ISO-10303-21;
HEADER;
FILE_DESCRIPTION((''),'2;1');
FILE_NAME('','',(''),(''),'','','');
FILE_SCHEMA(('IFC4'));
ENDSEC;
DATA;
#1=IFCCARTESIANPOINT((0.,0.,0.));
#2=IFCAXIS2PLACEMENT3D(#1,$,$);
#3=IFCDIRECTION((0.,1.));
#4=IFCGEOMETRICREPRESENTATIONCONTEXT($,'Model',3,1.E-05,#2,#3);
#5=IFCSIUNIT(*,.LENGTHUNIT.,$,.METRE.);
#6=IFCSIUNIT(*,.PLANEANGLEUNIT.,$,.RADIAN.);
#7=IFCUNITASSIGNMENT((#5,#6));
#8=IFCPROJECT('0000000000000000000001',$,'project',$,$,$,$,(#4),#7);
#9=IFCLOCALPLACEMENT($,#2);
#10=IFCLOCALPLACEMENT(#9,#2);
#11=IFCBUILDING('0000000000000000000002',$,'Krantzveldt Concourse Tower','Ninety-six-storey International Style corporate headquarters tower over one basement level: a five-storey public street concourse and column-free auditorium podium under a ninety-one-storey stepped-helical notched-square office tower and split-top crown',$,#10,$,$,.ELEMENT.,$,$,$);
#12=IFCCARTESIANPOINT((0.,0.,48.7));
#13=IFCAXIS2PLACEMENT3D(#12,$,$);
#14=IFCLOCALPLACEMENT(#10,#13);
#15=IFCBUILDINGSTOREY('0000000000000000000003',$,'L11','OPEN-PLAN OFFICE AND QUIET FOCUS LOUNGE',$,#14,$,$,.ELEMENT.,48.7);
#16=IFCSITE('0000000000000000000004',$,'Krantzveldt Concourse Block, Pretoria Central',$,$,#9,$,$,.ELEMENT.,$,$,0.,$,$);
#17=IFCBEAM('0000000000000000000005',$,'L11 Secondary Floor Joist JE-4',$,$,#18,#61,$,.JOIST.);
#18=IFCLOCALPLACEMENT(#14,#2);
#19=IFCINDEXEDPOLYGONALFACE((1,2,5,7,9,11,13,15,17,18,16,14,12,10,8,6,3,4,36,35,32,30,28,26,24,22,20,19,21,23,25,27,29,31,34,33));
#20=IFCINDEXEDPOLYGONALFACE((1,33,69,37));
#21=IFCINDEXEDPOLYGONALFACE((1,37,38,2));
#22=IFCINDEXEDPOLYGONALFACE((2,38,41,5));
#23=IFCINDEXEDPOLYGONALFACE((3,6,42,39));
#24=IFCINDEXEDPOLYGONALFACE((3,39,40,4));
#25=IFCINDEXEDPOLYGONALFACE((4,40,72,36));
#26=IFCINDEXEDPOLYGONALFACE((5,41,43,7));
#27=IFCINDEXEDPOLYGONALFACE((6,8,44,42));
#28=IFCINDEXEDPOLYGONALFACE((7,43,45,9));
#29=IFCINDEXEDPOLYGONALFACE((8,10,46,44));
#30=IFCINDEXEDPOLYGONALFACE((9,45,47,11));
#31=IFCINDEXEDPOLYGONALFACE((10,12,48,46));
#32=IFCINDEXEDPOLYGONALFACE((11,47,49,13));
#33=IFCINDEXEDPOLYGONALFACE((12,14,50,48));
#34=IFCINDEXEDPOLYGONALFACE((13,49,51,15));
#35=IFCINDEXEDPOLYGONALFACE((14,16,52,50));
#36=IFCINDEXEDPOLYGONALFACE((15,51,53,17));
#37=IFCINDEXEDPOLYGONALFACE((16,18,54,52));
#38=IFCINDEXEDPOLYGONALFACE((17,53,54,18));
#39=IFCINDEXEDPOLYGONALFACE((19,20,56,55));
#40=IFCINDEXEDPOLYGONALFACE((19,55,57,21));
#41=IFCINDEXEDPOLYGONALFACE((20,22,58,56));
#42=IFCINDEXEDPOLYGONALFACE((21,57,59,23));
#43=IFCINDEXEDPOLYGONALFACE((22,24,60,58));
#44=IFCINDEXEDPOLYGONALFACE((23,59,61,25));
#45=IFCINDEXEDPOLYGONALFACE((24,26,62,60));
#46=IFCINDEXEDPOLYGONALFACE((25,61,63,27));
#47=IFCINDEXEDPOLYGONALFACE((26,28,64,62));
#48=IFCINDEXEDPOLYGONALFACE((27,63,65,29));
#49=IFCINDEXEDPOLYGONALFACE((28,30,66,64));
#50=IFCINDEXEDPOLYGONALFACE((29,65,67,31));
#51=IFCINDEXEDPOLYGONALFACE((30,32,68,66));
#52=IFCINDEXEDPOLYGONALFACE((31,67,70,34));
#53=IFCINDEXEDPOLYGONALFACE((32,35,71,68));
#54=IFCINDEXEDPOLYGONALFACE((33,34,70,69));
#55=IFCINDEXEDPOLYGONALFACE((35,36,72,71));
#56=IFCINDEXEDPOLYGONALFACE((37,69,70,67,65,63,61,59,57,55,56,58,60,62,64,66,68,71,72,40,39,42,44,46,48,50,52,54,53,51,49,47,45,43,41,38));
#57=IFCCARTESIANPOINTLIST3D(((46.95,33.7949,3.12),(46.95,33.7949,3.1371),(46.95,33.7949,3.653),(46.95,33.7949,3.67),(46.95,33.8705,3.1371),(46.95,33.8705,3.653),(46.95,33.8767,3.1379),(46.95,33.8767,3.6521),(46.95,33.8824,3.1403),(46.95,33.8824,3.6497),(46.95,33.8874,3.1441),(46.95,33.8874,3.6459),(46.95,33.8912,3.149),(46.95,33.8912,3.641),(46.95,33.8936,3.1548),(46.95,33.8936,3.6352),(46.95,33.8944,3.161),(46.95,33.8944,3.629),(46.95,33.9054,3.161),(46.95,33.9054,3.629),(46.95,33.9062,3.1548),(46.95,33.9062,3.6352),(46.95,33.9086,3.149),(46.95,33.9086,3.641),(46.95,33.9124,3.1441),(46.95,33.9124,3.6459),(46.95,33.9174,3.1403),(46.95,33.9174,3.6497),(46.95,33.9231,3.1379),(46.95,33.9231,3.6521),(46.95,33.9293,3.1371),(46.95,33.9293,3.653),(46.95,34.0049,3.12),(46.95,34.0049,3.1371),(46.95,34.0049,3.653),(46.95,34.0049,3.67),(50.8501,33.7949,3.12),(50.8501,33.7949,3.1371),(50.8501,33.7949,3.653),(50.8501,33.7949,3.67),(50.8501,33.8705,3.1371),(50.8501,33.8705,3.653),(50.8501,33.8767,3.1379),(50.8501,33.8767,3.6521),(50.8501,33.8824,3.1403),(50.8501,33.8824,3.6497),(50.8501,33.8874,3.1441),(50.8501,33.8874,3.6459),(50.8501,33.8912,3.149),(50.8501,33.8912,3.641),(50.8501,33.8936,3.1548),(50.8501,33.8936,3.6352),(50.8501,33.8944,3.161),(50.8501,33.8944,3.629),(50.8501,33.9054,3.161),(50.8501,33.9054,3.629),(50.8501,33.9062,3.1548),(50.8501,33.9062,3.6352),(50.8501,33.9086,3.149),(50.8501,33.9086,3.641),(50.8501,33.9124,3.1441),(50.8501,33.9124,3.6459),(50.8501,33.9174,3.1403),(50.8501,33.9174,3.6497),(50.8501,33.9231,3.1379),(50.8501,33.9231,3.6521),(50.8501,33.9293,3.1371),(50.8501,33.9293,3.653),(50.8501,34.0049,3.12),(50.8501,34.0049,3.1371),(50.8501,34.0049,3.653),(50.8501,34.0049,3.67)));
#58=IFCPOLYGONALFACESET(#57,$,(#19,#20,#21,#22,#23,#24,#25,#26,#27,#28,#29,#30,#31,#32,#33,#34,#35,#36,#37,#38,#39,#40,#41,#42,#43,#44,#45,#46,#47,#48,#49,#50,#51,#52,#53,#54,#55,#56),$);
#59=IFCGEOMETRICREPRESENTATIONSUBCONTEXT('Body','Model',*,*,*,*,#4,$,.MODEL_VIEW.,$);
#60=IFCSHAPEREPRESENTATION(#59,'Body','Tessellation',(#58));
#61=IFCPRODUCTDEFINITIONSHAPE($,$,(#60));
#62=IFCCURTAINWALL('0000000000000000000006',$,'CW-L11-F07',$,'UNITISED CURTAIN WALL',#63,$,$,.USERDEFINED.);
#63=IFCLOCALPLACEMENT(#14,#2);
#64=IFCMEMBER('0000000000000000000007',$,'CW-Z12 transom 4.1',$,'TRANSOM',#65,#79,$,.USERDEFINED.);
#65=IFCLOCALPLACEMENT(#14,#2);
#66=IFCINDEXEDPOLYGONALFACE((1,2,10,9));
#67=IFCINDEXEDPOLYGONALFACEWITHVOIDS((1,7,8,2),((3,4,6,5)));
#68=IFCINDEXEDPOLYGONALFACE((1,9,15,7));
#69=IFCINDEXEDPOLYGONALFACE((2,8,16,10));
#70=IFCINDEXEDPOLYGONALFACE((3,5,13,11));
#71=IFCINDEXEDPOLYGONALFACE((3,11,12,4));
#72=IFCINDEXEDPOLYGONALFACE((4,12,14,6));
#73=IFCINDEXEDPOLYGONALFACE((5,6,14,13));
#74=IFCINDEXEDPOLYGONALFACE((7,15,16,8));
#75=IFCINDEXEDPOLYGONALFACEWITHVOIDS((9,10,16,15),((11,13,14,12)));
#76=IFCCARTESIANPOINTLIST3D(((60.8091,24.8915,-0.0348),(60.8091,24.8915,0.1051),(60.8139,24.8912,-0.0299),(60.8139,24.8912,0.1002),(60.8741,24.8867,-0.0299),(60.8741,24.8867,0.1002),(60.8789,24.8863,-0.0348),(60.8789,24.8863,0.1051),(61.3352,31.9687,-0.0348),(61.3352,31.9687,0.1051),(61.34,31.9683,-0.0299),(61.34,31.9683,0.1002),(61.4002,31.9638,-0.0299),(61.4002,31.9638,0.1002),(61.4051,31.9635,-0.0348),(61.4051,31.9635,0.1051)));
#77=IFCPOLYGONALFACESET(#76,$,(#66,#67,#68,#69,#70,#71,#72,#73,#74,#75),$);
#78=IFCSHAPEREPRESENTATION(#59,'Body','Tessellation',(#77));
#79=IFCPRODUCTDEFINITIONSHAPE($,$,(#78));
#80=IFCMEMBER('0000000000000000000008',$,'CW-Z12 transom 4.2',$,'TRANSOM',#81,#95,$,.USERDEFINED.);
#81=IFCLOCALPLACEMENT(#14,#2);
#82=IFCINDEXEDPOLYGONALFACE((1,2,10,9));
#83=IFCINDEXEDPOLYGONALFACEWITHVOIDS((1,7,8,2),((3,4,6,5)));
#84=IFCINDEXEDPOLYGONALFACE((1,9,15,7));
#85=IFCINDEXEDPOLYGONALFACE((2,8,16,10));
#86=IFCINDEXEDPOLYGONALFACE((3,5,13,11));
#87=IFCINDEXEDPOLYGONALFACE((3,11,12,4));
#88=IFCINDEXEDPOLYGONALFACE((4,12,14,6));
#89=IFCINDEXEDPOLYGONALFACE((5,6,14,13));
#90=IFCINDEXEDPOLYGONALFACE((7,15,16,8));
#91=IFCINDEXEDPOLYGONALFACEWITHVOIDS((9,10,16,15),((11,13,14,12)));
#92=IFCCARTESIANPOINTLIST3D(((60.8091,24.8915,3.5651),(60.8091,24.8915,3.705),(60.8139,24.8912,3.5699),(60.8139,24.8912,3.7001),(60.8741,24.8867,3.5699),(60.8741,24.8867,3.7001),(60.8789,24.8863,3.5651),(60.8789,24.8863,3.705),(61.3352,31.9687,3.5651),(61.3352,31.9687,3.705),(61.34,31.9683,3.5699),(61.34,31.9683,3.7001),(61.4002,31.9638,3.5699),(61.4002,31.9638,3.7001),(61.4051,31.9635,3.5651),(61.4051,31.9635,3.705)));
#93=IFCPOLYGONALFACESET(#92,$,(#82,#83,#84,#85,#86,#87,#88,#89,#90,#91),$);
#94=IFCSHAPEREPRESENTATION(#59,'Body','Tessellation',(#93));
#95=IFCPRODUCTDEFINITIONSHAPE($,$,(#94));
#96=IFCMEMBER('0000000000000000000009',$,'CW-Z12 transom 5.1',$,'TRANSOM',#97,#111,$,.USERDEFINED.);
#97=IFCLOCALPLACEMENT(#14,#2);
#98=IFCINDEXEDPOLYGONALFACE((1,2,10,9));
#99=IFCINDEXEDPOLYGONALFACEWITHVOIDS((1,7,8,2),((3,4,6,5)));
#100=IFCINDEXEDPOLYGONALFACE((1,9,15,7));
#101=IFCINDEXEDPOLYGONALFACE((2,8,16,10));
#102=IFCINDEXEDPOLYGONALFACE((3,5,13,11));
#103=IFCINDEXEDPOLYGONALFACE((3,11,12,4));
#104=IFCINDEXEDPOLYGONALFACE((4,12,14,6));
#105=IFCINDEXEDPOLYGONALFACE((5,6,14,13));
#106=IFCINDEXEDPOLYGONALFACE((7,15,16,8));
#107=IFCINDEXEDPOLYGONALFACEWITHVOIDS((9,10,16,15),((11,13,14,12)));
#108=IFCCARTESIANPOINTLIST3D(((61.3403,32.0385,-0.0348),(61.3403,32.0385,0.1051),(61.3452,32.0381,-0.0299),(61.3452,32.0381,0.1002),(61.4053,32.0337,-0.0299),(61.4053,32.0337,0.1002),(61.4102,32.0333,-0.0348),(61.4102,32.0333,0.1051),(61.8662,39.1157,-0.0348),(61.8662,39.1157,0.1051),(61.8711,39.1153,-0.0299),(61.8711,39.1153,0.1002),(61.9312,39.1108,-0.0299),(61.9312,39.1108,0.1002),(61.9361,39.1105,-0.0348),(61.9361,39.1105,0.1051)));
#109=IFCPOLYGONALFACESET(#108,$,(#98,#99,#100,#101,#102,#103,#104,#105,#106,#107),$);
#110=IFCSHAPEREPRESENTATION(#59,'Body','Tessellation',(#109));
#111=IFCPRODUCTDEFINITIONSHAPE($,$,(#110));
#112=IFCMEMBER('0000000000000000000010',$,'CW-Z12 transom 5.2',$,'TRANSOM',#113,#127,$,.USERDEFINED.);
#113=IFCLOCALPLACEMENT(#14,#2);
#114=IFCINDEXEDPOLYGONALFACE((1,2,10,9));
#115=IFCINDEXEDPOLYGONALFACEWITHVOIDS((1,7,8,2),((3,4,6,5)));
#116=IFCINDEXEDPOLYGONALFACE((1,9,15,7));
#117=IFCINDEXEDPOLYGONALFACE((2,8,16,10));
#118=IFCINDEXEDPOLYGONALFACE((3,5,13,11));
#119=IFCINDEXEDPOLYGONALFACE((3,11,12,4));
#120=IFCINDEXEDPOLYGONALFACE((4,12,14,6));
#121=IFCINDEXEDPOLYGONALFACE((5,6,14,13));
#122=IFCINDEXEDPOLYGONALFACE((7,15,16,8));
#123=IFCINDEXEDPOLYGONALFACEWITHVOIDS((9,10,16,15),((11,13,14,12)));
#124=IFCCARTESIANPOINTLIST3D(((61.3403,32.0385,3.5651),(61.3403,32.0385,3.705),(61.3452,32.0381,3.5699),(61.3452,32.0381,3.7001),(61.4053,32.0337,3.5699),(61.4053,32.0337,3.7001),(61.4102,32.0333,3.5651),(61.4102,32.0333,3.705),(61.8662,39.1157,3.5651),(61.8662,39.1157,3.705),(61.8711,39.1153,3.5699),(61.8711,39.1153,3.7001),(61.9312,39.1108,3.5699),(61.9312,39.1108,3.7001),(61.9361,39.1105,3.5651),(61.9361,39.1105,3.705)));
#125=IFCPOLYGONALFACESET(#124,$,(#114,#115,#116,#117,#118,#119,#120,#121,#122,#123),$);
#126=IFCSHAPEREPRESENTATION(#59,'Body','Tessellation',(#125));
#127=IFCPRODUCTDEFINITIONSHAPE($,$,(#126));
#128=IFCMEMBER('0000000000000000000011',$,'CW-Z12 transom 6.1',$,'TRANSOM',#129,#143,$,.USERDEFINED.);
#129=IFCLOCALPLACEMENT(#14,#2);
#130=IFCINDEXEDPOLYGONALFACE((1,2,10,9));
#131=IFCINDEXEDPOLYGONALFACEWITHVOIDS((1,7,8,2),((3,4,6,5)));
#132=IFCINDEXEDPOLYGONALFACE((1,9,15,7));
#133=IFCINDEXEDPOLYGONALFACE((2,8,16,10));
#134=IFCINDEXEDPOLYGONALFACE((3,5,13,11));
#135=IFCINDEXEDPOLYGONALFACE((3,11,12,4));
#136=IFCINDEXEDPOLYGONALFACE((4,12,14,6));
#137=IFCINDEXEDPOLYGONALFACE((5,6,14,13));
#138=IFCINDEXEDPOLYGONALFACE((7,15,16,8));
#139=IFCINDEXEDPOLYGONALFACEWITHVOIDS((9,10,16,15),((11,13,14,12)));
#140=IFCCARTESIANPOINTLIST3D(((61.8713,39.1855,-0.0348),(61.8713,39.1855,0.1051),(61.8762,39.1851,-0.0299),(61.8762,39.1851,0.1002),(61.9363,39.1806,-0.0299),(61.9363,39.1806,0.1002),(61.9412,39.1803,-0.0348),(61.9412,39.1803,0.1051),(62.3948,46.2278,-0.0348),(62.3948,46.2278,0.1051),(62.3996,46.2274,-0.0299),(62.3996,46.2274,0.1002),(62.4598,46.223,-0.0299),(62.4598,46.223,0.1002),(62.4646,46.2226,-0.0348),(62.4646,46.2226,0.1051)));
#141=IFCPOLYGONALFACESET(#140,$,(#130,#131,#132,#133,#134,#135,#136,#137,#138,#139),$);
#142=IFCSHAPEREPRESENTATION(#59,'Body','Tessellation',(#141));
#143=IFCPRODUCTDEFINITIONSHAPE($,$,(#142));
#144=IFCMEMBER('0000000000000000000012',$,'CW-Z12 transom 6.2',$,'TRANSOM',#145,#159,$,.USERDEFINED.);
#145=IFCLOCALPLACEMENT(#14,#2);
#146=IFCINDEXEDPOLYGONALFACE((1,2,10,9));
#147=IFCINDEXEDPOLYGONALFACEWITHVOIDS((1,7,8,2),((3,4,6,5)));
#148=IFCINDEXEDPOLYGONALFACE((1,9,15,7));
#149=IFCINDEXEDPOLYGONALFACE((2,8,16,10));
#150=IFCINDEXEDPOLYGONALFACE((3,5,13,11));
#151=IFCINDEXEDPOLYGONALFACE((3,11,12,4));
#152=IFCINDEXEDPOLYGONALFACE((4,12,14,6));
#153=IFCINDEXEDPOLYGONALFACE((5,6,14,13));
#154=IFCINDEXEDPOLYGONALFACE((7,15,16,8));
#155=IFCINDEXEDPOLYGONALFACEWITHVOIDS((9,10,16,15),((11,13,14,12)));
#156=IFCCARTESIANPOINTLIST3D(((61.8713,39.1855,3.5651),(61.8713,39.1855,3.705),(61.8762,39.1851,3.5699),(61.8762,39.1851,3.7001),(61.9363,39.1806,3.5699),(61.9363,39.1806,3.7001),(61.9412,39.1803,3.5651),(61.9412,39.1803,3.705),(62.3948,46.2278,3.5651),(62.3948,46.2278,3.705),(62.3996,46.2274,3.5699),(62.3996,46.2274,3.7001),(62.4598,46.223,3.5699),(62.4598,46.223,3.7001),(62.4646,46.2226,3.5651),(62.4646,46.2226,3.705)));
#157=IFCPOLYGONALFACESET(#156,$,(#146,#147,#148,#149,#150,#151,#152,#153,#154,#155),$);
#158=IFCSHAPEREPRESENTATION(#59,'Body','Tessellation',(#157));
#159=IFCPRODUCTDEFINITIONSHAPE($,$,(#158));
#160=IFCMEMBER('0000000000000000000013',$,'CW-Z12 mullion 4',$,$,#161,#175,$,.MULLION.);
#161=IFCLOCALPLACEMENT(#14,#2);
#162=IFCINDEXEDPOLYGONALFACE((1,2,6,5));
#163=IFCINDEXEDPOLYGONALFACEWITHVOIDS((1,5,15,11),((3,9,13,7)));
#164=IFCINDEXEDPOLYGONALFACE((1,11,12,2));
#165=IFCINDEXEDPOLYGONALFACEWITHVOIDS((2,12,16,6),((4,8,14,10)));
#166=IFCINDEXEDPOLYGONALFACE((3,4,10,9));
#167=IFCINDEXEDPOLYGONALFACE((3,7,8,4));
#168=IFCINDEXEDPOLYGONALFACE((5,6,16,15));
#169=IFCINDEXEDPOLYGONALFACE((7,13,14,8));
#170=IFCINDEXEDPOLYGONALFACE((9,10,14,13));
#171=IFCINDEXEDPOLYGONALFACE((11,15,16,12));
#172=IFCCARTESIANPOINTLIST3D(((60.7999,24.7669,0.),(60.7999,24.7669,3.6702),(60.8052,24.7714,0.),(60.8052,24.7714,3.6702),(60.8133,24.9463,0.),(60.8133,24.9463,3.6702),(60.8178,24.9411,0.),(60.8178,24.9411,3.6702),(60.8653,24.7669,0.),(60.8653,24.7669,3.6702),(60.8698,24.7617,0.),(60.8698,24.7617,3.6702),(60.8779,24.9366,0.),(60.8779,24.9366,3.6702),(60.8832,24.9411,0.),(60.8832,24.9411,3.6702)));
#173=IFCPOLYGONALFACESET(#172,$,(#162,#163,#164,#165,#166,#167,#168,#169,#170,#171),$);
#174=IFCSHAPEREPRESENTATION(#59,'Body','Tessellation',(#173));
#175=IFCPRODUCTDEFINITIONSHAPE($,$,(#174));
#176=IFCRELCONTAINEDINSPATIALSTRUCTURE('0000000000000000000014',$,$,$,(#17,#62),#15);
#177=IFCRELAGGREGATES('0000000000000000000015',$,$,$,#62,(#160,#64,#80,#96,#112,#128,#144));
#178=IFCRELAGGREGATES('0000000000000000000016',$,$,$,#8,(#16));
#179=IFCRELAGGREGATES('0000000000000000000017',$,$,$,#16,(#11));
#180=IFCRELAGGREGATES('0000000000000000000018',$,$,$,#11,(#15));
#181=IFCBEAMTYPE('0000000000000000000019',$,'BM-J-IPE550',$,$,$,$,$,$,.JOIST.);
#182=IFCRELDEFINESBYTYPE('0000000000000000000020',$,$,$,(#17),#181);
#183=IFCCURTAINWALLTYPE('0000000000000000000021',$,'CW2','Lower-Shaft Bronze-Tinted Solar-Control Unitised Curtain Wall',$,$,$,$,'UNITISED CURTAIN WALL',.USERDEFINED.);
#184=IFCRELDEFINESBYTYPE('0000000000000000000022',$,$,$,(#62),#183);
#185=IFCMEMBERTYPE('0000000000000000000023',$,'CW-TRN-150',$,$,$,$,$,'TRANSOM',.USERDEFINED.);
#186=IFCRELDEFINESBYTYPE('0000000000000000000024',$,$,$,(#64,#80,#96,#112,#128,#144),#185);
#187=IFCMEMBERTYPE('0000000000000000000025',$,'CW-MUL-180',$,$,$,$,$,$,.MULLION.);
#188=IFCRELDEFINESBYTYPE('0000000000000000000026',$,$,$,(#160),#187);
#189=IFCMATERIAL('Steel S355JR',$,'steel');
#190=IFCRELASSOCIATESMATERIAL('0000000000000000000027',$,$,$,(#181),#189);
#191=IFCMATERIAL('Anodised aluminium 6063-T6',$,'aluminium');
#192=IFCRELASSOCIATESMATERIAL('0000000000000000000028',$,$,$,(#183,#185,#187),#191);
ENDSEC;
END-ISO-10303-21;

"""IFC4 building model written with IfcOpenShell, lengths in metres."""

from ifc_helpers import new_model, si_unit, direction, frame, origin, origin_2d, place, context, subcontext, project, spatial, hollow_rectangle, i_section, extrude, source, transform, mapped, material, material_profile, profile_set, type_object, type_shapes, element, aggregate, save


model = new_model("IFC4")

# Units and contexts
model_context = context("Model", 3, precision=1e-05, world=origin(), true_north=direction((0.0, 1.0)))
body_context = subcontext(model_context, "Body", "Model", "MODEL_VIEW")
ifc_project = project(units=[si_unit("LENGTHUNIT", "METRE"), si_unit("PLANEANGLEUNIT", "RADIAN")], contexts=[model_context])

# Site, building, storey
site_placement = place(None, origin())
site = spatial("IfcSite", under=ifc_project, at=site_placement, Name="Krantzveldt Concourse Block, Pretoria Central", CompositionType="ELEMENT", RefElevation=0.0)
building_placement = place(site_placement, origin())
building = spatial("IfcBuilding", under=site, at=building_placement, Name="Krantzveldt Concourse Tower", Description="Ninety-six-storey International Style corporate headquarters tower over one basement level: a five-storey public street concourse and column-free auditorium podium under a ninety-one-storey stepped-helical notched-square office tower and split-top crown", CompositionType="ELEMENT")
storey_placement = place(building_placement, frame((0.0, 0.0, 48.7)))
storey = spatial("IfcBuildingStorey", under=building, at=storey_placement, Name="L11", Description="OPEN-PLAN OFFICE AND QUIET FOCUS LOUNGE", CompositionType="ELEMENT", Elevation=48.7)

# Beam
ifc_material_1 = material(Name="Steel S355JR", Category="steel")
ifc_material_profile_1 = material_profile(ifc_material_1, i_section(OverallWidth=0.21, OverallDepth=0.55, WebThickness=0.011, FlangeThickness=0.0171, FilletRadius=0.0239, at=origin_2d()), Name="Steel S355JR", Category="steel")
ifc_profile_set_1 = profile_set([ifc_material_profile_1], Name="Steel S355JR - IPE 550")
beam_type_1 = type_object("IfcBeamType", Name="BM-J-IPE550", PredefinedType="JOIST", material=ifc_profile_set_1)
shared_shape_1 = source(origin(), body_context, "Body", "SweptSolid", [
    extrude(i_section(OverallWidth=0.21, OverallDepth=0.55, WebThickness=0.011, FlangeThickness=0.0171, FilletRadius=0.0239, at=origin_2d()), origin(), (0.0, 0.0, 1.0), 3.9001),
])
type_shapes(beam_type_1, [shared_shape_1])
for number, where, z_axis, x_axis, name in (
    (1, (46.95, 33.8999, 3.395), (1.0, 0.0, 0.0), (0.0, 1.0, 0.0), "L11 Secondary Floor Joist JE-4"),
):
    element("IfcBeam", number, at=place(storey_placement, frame(where, z_axis=z_axis, x_axis=x_axis)), inside=storey, type_object=beam_type_1, Name=name, PredefinedType="JOIST", context=body_context, shape_type="MappedRepresentation", body=[
        mapped(shared_shape_1, transform((0.0, 0.0, 0.0), x_axis=(1.0, 0.0, 0.0), y_axis=(0.0, 1.0, 0.0), z_axis=(0.0, 0.0, 1.0), scale=1.0)),
    ])

# Curtain wall, members
ifc_material_2 = material(Name="Anodised aluminium 6063-T6", Category="aluminium")
curtain_wall_type = type_object("IfcCurtainWallType", Name="CW2", Description="Lower-Shaft Bronze-Tinted Solar-Control Unitised Curtain Wall", ElementType="UNITISED CURTAIN WALL", PredefinedType="USERDEFINED", material=ifc_material_2)
curtain_wall_1_placement = place(storey_placement, origin())
curtain_wall_1 = element("IfcCurtainWall", 2, at=curtain_wall_1_placement, inside=storey, type_object=curtain_wall_type, Name="CW-L11-F07", ObjectType="UNITISED CURTAIN WALL", PredefinedType="USERDEFINED")
ifc_material_profile_2 = material_profile(ifc_material_2, hollow_rectangle(XDim=0.0701, YDim=0.1399, WallThickness=0.0049, at=origin_2d()), Name="Anodised aluminium 6063-T6", Category="aluminium")
ifc_profile_set_2 = profile_set([ifc_material_profile_2], Name="Anodised aluminium 6063-T6 - ALU-TRAN 140x70x5")
member_type_1 = type_object("IfcMemberType", Name="CW-TRN-150", ElementType="TRANSOM", PredefinedType="USERDEFINED", material=ifc_profile_set_2)
shared_shape_2 = source(origin(), body_context, "Body", "SweptSolid", [
    extrude(hollow_rectangle(XDim=0.0701, YDim=0.1399, WallThickness=0.0049, at=origin_2d()), origin(), (0.0, 0.0, 1.0), 7.0967),
])
member_1_placement = place(storey_placement, frame((60.844, 24.8889, 0.0352), z_axis=(0.074137, 0.997248, 0.0), x_axis=(-0.997248, 0.074137, 0.0)))
member_1 = element("IfcMember", 3, at=member_1_placement, type_object=member_type_1, Name="CW-Z12 transom 4.1", ObjectType="TRANSOM", PredefinedType="USERDEFINED", context=body_context, shape_type="MappedRepresentation", body=[
    mapped(shared_shape_2, transform((0.0, 0.0, 0.0), x_axis=(1.0, 0.0, 0.0), y_axis=(0.0, 1.0, 0.0), z_axis=(0.0, 0.0, 1.0), scale=1.0)),
])
member_2_placement = place(storey_placement, frame((60.844, 24.8889, 3.635), z_axis=(0.074137, 0.997248, 0.0), x_axis=(-0.997248, 0.074137, 0.0)))
member_2 = element("IfcMember", 4, at=member_2_placement, type_object=member_type_1, Name="CW-Z12 transom 4.2", ObjectType="TRANSOM", PredefinedType="USERDEFINED", context=body_context, shape_type="MappedRepresentation", body=[
    mapped(shared_shape_2, transform((0.0, 0.0, 0.0), x_axis=(1.0, 0.0, 0.0), y_axis=(0.0, 1.0, 0.0), z_axis=(0.0, 0.0, 1.0), scale=1.0)),
])
member_3_placement = place(storey_placement, frame((61.3752, 32.0359, 0.0352), z_axis=(0.074102, 0.997251, 0.0), x_axis=(-0.997251, 0.074102, 0.0)))
member_3 = element("IfcMember", 5, at=member_3_placement, type_object=member_type_1, Name="CW-Z12 transom 5.1", ObjectType="TRANSOM", PredefinedType="USERDEFINED", context=body_context, shape_type="MappedRepresentation", body=[
    mapped(shared_shape_2, transform((0.0, 0.0, 0.0), x_axis=(1.0, 0.0, 0.0), y_axis=(0.0, 1.0, 0.0), z_axis=(0.0, 0.0, 1.0), scale=1.0)),
])
member_4_placement = place(storey_placement, frame((61.3752, 32.0359, 3.635), z_axis=(0.074102, 0.997251, 0.0), x_axis=(-0.997251, 0.074102, 0.0)))
member_4 = element("IfcMember", 6, at=member_4_placement, type_object=member_type_1, Name="CW-Z12 transom 5.2", ObjectType="TRANSOM", PredefinedType="USERDEFINED", context=body_context, shape_type="MappedRepresentation", body=[
    mapped(shared_shape_2, transform((0.0, 0.0, 0.0), x_axis=(1.0, 0.0, 0.0), y_axis=(0.0, 1.0, 0.0), z_axis=(0.0, 0.0, 1.0), scale=1.0)),
])
shared_shape_3 = source(origin(), body_context, "Body", "SweptSolid", [
    extrude(hollow_rectangle(XDim=0.0701, YDim=0.1399, WallThickness=0.0049, at=origin_2d()), origin(), (0.0, 0.0, 1.0), 7.0618),
])
member_5_placement = place(storey_placement, frame((61.9062, 39.1829, 0.0352), z_axis=(0.074124, 0.997249, 0.0), x_axis=(-0.997249, 0.074124, 0.0)))
member_5 = element("IfcMember", 7, at=member_5_placement, type_object=member_type_1, Name="CW-Z12 transom 6.1", ObjectType="TRANSOM", PredefinedType="USERDEFINED", context=body_context, shape_type="MappedRepresentation", body=[
    mapped(shared_shape_3, transform((0.0, 0.0, 0.0), x_axis=(1.0, 0.0, 0.0), y_axis=(0.0, 1.0, 0.0), z_axis=(0.0, 0.0, 1.0), scale=1.0)),
])
member_6_placement = place(storey_placement, frame((61.9062, 39.1829, 3.635), z_axis=(0.074124, 0.997249, 0.0), x_axis=(-0.997249, 0.074124, 0.0)))
member_6 = element("IfcMember", 8, at=member_6_placement, type_object=member_type_1, Name="CW-Z12 transom 6.2", ObjectType="TRANSOM", PredefinedType="USERDEFINED", context=body_context, shape_type="MappedRepresentation", body=[
    mapped(shared_shape_3, transform((0.0, 0.0, 0.0), x_axis=(1.0, 0.0, 0.0), y_axis=(0.0, 1.0, 0.0), z_axis=(0.0, 0.0, 1.0), scale=1.0)),
])
ifc_material_profile_3 = material_profile(ifc_material_2, hollow_rectangle(XDim=0.0701, YDim=0.1799, WallThickness=0.0049, at=origin_2d()), Name="Anodised aluminium 6063-T6", Category="aluminium")
ifc_profile_set_3 = profile_set([ifc_material_profile_3], Name="Anodised aluminium 6063-T6 - ALU-MULL 180x70x5")
member_type_2 = type_object("IfcMemberType", Name="CW-MUL-180", PredefinedType="MULLION", material=ifc_profile_set_3)
shared_shape_4 = source(origin(), body_context, "Body", "SweptSolid", [
    extrude(hollow_rectangle(XDim=0.0701, YDim=0.1799, WallThickness=0.0049, at=origin_2d()), origin(), (0.0, 0.0, 1.0), 3.6702),
])
type_shapes(member_type_2, [shared_shape_4])
member_7_placement = place(storey_placement, frame((60.8416, 24.854, 0.0), z_axis=(0.0, 0.0, 1.0), x_axis=(-0.99725, 0.074109, 0.0)))
member_7 = element("IfcMember", 9, at=member_7_placement, type_object=member_type_2, Name="CW-Z12 mullion 4", PredefinedType="MULLION", context=body_context, shape_type="MappedRepresentation", body=[
    mapped(shared_shape_4, transform((0.0, 0.0, 0.0), x_axis=(1.0, 0.0, 0.0), y_axis=(0.0, 1.0, 0.0), z_axis=(0.0, 0.0, 1.0), scale=1.0)),
])

aggregate(curtain_wall_1, [member_7, member_1, member_2, member_3, member_4, member_5, member_6])

save(model, "model.ifc")
